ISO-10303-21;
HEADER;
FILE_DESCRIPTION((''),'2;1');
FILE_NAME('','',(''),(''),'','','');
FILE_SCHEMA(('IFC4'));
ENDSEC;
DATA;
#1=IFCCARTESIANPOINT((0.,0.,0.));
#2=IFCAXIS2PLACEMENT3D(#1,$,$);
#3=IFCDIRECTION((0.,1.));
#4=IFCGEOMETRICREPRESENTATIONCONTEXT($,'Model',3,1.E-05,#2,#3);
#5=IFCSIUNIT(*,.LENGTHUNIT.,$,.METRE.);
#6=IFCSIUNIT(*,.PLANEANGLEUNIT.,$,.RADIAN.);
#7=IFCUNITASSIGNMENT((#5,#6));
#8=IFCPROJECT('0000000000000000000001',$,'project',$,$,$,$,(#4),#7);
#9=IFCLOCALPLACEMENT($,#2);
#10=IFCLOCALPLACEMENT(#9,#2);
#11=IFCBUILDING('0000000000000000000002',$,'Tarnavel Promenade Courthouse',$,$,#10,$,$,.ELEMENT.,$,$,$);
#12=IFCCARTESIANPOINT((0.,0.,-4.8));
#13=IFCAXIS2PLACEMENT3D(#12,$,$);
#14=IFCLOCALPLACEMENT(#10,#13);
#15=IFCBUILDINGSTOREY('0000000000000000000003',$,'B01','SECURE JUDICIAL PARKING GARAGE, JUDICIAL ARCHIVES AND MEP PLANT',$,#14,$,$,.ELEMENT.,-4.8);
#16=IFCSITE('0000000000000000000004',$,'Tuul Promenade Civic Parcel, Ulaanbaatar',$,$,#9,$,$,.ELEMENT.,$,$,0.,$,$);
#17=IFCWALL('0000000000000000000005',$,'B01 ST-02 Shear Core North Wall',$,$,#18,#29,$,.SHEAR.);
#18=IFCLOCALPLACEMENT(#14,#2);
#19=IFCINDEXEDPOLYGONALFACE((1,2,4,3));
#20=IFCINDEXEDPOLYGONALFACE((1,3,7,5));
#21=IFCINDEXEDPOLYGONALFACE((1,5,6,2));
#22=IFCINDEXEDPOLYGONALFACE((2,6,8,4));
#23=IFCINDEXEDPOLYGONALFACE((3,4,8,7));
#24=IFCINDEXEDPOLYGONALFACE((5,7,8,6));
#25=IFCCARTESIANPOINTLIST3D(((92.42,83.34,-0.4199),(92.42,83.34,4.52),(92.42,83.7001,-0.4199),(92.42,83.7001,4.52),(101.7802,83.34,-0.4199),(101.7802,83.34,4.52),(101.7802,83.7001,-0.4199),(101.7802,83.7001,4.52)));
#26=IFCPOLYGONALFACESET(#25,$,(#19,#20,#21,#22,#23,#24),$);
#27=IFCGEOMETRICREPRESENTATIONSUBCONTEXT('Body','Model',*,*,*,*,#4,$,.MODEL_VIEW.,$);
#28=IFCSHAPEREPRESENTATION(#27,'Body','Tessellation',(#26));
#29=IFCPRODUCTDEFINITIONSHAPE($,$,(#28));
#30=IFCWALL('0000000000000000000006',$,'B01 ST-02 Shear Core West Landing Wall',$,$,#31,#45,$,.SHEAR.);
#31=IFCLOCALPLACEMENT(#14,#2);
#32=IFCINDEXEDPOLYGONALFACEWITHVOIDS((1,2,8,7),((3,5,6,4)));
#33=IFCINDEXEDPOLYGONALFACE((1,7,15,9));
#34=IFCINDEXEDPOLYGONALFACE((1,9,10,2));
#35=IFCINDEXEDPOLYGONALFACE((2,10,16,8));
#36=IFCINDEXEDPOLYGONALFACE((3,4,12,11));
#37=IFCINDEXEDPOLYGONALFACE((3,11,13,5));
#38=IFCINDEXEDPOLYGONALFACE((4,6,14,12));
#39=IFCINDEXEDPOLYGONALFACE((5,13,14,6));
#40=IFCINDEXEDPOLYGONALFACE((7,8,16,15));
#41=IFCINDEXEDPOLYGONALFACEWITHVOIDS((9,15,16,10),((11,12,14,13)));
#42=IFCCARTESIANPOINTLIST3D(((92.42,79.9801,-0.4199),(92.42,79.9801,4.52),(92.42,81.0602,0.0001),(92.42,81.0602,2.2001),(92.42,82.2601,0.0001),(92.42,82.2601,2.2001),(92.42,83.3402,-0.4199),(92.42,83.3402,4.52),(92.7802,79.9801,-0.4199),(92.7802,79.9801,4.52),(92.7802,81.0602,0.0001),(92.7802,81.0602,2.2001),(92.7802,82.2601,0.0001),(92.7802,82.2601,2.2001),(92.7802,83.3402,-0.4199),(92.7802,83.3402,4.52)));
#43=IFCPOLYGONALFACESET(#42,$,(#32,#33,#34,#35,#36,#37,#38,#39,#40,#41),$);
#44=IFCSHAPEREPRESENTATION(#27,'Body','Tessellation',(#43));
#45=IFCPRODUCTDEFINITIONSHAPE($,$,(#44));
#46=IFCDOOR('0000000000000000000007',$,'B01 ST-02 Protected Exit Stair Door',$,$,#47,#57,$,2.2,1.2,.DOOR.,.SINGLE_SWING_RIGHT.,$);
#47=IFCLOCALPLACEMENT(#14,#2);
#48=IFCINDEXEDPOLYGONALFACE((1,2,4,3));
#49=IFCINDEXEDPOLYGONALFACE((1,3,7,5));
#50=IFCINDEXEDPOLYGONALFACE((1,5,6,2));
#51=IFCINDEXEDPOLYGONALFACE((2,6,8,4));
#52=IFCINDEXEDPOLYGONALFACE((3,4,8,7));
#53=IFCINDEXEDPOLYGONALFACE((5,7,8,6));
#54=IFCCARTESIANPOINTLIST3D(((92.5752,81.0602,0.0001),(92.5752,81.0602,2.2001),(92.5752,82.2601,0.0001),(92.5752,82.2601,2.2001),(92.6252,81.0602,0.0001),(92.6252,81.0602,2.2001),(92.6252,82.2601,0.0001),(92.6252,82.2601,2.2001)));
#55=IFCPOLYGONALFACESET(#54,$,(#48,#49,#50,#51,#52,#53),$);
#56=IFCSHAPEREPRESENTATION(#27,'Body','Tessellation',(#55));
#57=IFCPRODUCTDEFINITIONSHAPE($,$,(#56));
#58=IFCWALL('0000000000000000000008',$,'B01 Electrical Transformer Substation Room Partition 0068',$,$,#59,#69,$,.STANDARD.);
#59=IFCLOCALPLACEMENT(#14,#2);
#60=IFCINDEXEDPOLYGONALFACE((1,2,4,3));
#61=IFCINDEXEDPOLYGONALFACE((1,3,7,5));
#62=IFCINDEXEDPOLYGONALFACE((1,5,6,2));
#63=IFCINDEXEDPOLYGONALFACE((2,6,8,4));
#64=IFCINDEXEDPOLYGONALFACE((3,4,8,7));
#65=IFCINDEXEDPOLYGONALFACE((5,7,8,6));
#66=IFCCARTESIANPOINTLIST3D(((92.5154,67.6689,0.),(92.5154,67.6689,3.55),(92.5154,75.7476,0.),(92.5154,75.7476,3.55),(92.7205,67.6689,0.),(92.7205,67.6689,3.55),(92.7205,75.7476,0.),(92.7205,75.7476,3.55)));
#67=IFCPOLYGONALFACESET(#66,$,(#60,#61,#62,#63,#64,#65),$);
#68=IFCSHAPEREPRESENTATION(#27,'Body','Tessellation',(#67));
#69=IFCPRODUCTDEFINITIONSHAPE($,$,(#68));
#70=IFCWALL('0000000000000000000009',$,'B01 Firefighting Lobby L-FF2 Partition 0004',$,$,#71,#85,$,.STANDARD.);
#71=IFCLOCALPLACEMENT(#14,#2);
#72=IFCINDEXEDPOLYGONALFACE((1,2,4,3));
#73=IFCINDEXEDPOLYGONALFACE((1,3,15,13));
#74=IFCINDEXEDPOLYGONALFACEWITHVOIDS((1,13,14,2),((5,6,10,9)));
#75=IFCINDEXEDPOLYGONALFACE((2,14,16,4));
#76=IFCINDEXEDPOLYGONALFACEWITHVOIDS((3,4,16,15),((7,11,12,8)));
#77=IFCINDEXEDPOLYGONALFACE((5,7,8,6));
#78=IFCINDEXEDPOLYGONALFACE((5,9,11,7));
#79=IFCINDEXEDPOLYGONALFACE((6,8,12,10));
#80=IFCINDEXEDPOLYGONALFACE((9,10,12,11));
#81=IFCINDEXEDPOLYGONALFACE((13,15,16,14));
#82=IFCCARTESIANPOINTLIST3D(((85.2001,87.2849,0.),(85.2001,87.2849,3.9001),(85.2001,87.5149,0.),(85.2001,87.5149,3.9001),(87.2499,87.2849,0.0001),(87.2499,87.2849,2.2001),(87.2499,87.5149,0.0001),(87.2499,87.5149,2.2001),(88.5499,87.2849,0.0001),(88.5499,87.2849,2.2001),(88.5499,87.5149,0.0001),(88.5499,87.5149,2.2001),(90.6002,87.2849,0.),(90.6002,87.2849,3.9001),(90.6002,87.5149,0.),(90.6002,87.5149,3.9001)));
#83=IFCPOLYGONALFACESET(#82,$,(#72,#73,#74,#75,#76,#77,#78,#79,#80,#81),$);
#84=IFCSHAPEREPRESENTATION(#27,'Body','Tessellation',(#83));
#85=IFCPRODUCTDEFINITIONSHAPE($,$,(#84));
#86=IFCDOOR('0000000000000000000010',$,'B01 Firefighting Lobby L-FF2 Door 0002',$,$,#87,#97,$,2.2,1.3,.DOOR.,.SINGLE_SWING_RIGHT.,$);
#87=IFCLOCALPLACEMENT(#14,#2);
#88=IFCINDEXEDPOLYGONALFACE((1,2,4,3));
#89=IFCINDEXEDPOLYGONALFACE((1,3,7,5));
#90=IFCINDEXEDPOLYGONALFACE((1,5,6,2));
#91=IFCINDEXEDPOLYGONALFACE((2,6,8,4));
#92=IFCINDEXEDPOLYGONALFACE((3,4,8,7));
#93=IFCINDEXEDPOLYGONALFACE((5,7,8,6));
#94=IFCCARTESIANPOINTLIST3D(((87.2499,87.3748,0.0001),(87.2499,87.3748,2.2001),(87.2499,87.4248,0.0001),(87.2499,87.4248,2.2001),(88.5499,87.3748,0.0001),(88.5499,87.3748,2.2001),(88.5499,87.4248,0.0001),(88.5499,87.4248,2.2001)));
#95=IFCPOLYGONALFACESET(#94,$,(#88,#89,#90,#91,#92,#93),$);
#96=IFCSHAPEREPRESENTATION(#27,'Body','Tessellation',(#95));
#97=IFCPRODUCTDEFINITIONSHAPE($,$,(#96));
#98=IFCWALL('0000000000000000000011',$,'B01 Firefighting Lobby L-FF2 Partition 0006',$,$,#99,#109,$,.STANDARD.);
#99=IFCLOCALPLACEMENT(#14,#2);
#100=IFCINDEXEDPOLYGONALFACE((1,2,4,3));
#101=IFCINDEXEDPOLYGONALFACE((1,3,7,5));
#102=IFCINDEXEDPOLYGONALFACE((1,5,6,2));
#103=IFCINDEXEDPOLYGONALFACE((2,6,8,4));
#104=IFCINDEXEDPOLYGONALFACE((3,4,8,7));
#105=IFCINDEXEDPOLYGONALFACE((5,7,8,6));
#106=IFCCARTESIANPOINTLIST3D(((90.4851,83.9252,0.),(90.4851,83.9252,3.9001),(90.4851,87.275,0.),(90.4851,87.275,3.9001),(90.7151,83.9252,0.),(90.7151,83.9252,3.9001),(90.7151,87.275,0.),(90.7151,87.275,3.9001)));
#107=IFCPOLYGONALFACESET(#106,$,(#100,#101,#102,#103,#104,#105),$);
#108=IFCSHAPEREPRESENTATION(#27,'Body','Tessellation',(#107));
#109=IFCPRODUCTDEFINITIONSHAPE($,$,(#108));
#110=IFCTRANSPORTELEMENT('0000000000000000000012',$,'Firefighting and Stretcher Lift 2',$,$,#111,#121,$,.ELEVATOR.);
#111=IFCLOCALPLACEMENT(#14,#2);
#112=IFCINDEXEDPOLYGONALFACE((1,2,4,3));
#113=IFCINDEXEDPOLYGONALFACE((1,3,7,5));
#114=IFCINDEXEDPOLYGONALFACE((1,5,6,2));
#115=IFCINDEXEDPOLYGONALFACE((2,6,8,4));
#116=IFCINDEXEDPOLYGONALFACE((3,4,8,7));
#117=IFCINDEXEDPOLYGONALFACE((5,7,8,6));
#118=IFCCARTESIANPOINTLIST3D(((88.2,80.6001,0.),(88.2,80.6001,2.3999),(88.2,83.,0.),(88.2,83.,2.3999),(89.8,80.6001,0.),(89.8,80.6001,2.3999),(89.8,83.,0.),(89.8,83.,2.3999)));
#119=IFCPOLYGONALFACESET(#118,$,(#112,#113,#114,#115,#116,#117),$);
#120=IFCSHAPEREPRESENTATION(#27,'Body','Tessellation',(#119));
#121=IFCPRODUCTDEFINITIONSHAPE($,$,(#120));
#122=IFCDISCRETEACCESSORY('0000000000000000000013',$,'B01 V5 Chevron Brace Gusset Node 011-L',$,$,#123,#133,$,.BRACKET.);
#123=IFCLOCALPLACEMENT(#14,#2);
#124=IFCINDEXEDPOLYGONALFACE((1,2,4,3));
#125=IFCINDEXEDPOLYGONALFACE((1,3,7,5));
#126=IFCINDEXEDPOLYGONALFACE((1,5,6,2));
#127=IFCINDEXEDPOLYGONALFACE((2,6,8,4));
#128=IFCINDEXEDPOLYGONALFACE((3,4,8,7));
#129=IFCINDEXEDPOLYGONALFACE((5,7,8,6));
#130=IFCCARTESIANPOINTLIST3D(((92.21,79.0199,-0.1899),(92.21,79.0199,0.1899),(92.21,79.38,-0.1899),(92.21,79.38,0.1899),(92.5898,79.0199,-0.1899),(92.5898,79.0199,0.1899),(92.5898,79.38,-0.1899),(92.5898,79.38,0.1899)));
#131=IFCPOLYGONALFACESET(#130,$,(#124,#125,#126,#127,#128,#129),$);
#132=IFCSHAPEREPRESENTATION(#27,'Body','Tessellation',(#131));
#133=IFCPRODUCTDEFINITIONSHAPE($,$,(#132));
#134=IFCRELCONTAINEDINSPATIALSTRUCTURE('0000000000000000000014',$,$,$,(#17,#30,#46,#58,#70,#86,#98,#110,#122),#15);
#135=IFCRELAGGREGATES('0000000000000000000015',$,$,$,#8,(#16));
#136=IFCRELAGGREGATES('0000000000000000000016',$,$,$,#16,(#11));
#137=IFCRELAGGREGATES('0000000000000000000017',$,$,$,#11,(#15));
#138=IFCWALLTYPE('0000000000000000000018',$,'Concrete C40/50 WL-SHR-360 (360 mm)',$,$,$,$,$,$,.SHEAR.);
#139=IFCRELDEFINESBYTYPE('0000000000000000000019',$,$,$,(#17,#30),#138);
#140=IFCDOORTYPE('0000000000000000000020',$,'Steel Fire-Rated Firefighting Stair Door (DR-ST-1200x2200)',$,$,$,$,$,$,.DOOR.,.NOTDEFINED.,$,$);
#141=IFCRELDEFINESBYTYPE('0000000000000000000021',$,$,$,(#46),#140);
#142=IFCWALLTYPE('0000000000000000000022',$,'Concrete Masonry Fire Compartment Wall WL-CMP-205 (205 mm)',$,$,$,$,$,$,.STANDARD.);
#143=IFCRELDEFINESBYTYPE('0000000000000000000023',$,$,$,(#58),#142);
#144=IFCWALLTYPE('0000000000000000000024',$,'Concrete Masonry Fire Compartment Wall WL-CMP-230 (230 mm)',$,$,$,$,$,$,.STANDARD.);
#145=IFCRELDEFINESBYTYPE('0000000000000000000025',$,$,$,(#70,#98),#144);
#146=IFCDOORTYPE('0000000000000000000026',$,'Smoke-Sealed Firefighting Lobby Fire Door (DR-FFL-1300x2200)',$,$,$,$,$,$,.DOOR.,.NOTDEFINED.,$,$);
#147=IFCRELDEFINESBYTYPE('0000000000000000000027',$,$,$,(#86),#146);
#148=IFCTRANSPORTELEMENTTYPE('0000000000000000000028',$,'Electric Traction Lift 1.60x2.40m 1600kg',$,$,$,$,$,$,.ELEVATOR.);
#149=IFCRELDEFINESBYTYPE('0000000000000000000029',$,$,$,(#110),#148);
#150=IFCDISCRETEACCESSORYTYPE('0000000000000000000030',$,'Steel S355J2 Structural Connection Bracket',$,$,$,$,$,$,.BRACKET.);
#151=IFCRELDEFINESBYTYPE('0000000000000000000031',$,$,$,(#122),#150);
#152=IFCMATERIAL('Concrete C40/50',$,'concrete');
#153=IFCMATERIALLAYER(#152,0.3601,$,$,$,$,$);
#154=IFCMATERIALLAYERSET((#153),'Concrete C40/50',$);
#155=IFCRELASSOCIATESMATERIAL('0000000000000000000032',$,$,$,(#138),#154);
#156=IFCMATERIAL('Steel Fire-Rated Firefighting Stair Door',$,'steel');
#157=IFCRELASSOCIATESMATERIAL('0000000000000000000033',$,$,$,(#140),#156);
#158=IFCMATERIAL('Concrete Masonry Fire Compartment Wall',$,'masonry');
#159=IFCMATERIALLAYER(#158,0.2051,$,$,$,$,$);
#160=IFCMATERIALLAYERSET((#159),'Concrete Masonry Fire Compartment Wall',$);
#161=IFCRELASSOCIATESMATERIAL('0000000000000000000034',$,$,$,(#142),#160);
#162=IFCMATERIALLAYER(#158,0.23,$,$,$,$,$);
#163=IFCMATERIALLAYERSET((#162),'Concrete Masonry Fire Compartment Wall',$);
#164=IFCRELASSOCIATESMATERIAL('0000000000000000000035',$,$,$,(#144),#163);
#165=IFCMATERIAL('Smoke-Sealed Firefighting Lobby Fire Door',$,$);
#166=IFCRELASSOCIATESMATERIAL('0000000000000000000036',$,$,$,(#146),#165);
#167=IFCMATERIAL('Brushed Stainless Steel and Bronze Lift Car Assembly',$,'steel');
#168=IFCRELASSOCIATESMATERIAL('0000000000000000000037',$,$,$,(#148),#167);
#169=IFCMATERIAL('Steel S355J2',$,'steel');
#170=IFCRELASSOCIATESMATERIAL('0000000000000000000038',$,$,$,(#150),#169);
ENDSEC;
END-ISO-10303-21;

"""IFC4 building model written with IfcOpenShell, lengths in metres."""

from ifc_helpers import new_model, si_unit, direction, frame, frame_2d, origin, origin_2d, place, context, subcontext, project, spatial, rectangle, extrude, material, layer, layer_set, type_object, element, fill, save


model = new_model("IFC4")

# Units and contexts
model_context = context("Model", 3, precision=1e-05, world=origin(), true_north=direction((0.0, 1.0)))
body_context = subcontext(model_context, "Body", "Model", "MODEL_VIEW")
ifc_project = project(units=[si_unit("LENGTHUNIT", "METRE"), si_unit("PLANEANGLEUNIT", "RADIAN")], contexts=[model_context])

# Site, building, storey
site_placement = place(None, origin())
site = spatial("IfcSite", under=ifc_project, at=site_placement, Name="Tuul Promenade Civic Parcel, Ulaanbaatar", CompositionType="ELEMENT", RefElevation=0.0)
building_placement = place(site_placement, origin())
building = spatial("IfcBuilding", under=site, at=building_placement, Name="Tarnavel Promenade Courthouse", CompositionType="ELEMENT")
storey_placement = place(building_placement, frame((0.0, 0.0, -4.8)))
storey = spatial("IfcBuildingStorey", under=building, at=storey_placement, Name="B01", Description="SECURE JUDICIAL PARKING GARAGE, JUDICIAL ARCHIVES AND MEP PLANT", CompositionType="ELEMENT", Elevation=-4.8)

# Shared definitions
ifc_material_1 = material(Name="Concrete C40/50", Category="concrete")

# Shared definitions
ifc_material_2 = material(Name="Steel S355J2", Category="steel")

# Wall
ifc_layer_1 = layer(ifc_material_1, 0.3601)
ifc_layer_set_1 = layer_set([ifc_layer_1], Name="Concrete C40/50")
wall_type_1 = type_object("IfcWallType", Name="Concrete C40/50 WL-SHR-360 (360 mm)", PredefinedType="SHEAR", material=ifc_layer_set_1)
wall_1_placement = place(storey_placement, frame((92.4199, 83.52, -0.4199), z_axis=(0.0, 0.0, 1.0), x_axis=(1.0, 0.0, 0.0)))
element("IfcWall", 1, at=wall_1_placement, inside=storey, type_object=wall_type_1, Name="B01 ST-02 Shear Core North Wall", PredefinedType="SHEAR", context=body_context, shape_type="SweptSolid", body=[
    extrude(rectangle(XDim=9.3601, YDim=0.3601, at=frame_2d((4.6802, 0.0))), origin(), (0.0, 0.0, 1.0), 4.9399),
])

# Wall, opening, door
wall_2_placement = place(storey_placement, frame((92.6001, 79.98, -0.4199), z_axis=(0.0, 0.0, 1.0), x_axis=(0.0, 1.0, 0.0)))
wall_2 = element("IfcWall", 2, at=wall_2_placement, inside=storey, type_object=wall_type_1, Name="B01 ST-02 Shear Core West Landing Wall", PredefinedType="SHEAR", context=body_context, shape_type="SweptSolid", body=[
    extrude(rectangle(XDim=3.3601, YDim=0.3601, at=frame_2d((1.6802, 0.0))), origin(), (0.0, 0.0, 1.0), 4.9399),
])
opening_1_placement = place(wall_2_placement, frame((1.0801, 0.0, 0.4199)))
opening_1 = element("IfcOpeningElement", 3, at=opening_1_placement, cuts=wall_2, PredefinedType="OPENING", context=body_context, shape_type="SweptSolid", body=[
    extrude(rectangle(XDim=1.2, YDim=2.2, at=frame_2d((0.6001, 1.1001))), frame((0.0, 0.1899, 0.0), z_axis=(0.0, -1.0, 0.0), x_axis=(1.0, 0.0, 0.0)), (0.0, 0.0, 1.0), 0.3801),
])
ifc_material_3 = material(Name="Steel Fire-Rated Firefighting Stair Door", Category="steel")
door_type_1 = type_object("IfcDoorType", Name="Steel Fire-Rated Firefighting Stair Door (DR-ST-1200x2200)", OperationType="NOTDEFINED", PredefinedType="DOOR", material=ifc_material_3)
door_1_placement = place(opening_1_placement, origin())
door_1 = element("IfcDoor", 4, at=door_1_placement, inside=storey, type_object=door_type_1, Name="B01 ST-02 Protected Exit Stair Door", OperationType="SINGLE_SWING_RIGHT", OverallHeight=2.2, OverallWidth=1.2, PredefinedType="DOOR", context=body_context, shape_type="SweptSolid", body=[
    extrude(rectangle(XDim=1.2, YDim=2.2, at=frame_2d((0.6001, 1.1001))), frame((0.0, 0.0249, 0.0), z_axis=(0.0, -1.0, 0.0), x_axis=(1.0, 0.0, 0.0)), (0.0, 0.0, 1.0), 0.05),
])
fill(opening_1, door_1)

# Wall
ifc_material_4 = material(Name="Concrete Masonry Fire Compartment Wall", Category="masonry")
ifc_layer_2 = layer(ifc_material_4, 0.2051)
ifc_layer_set_2 = layer_set([ifc_layer_2], Name="Concrete Masonry Fire Compartment Wall")
wall_type_2 = type_object("IfcWallType", Name="Concrete Masonry Fire Compartment Wall WL-CMP-205 (205 mm)", PredefinedType="STANDARD", material=ifc_layer_set_2)
wall_3_placement = place(storey_placement, frame((92.6179, 75.7476, 0.0), z_axis=(0.0, 0.0, 1.0), x_axis=(0.0, -1.0, 0.0)))
element("IfcWall", 5, at=wall_3_placement, inside=storey, type_object=wall_type_2, Name="B01 Electrical Transformer Substation Room Partition 0068", PredefinedType="STANDARD", context=body_context, shape_type="SweptSolid", body=[
    extrude(rectangle(XDim=8.0786, YDim=0.2051, at=frame_2d((4.0393, 0.0))), origin(), (0.0, 0.0, 1.0), 3.55),
])

# Wall, opening, door
ifc_layer_3 = layer(ifc_material_4, 0.23)
ifc_layer_set_3 = layer_set([ifc_layer_3], Name="Concrete Masonry Fire Compartment Wall")
wall_type_3 = type_object("IfcWallType", Name="Concrete Masonry Fire Compartment Wall WL-CMP-230 (230 mm)", PredefinedType="STANDARD", material=ifc_layer_set_3)
wall_4_placement = place(storey_placement, frame((85.2, 87.3999, 0.0), z_axis=(0.0, 0.0, 1.0), x_axis=(1.0, 0.0, 0.0)))
wall_4 = element("IfcWall", 6, at=wall_4_placement, inside=storey, type_object=wall_type_3, Name="B01 Firefighting Lobby L-FF2 Partition 0004", PredefinedType="STANDARD", context=body_context, shape_type="SweptSolid", body=[
    extrude(rectangle(XDim=5.4001, YDim=0.23, at=frame_2d((2.7002, 0.0))), origin(), (0.0, 0.0, 1.0), 3.9001),
])
opening_2_placement = place(wall_4_placement, frame((2.05, 0.0, 0.0)))
opening_2 = element("IfcOpeningElement", 7, at=opening_2_placement, cuts=wall_4, PredefinedType="OPENING", context=body_context, shape_type="SweptSolid", body=[
    extrude(rectangle(XDim=1.3, YDim=2.2, at=frame_2d((0.6499, 1.1001))), frame((0.0, 0.125, 0.0), z_axis=(0.0, -1.0, 0.0), x_axis=(1.0, 0.0, 0.0)), (0.0, 0.0, 1.0), 0.25),
])
ifc_material_5 = material(Name="Smoke-Sealed Firefighting Lobby Fire Door")
door_type_2 = type_object("IfcDoorType", Name="Smoke-Sealed Firefighting Lobby Fire Door (DR-FFL-1300x2200)", OperationType="NOTDEFINED", PredefinedType="DOOR", material=ifc_material_5)
door_2_placement = place(opening_2_placement, origin())
door_2 = element("IfcDoor", 8, at=door_2_placement, inside=storey, type_object=door_type_2, Name="B01 Firefighting Lobby L-FF2 Door 0002", OperationType="SINGLE_SWING_RIGHT", OverallHeight=2.2, OverallWidth=1.3, PredefinedType="DOOR", context=body_context, shape_type="SweptSolid", body=[
    extrude(rectangle(XDim=1.3, YDim=2.2, at=frame_2d((0.6499, 1.1001))), frame((0.0, 0.0249, 0.0), z_axis=(0.0, -1.0, 0.0), x_axis=(1.0, 0.0, 0.0)), (0.0, 0.0, 1.0), 0.05),
])
fill(opening_2, door_2)

# Wall
wall_5_placement = place(storey_placement, frame((90.6001, 87.2749, 0.0), z_axis=(0.0, 0.0, 1.0), x_axis=(0.0, -1.0, 0.0)))
element("IfcWall", 9, at=wall_5_placement, inside=storey, type_object=wall_type_3, Name="B01 Firefighting Lobby L-FF2 Partition 0006", PredefinedType="STANDARD", context=body_context, shape_type="SweptSolid", body=[
    extrude(rectangle(XDim=3.3499, YDim=0.23, at=frame_2d((1.6748, 0.0))), origin(), (0.0, 0.0, 1.0), 3.9001),
])

# Transport element
ifc_material_6 = material(Name="Brushed Stainless Steel and Bronze Lift Car Assembly", Category="steel")
transport_element_type = type_object("IfcTransportElementType", Name="Electric Traction Lift 1.60x2.40m 1600kg", PredefinedType="ELEVATOR", material=ifc_material_6)
transport_element_placement = place(storey_placement, frame((89.0, 81.8, 0.0), z_axis=(0.0, 0.0, 1.0), x_axis=(1.0, 0.0, 0.0)))
element("IfcTransportElement", 10, at=transport_element_placement, inside=storey, type_object=transport_element_type, Name="Firefighting and Stretcher Lift 2", PredefinedType="ELEVATOR", context=body_context, shape_type="SweptSolid", body=[
    extrude(rectangle(XDim=1.6001, YDim=2.3999, at=origin_2d()), origin(), (0.0, 0.0, 1.0), 2.3999),
])

# Discrete accessory
discrete_accessory_type = type_object("IfcDiscreteAccessoryType", Name="Steel S355J2 Structural Connection Bracket", PredefinedType="BRACKET", material=ifc_material_2)
discrete_accessory_placement = place(storey_placement, frame((92.3999, 79.2, -0.1899), z_axis=(0.0, 0.0, 1.0), x_axis=(1.0, 0.0, 0.0)))
element("IfcDiscreteAccessory", 11, at=discrete_accessory_placement, inside=storey, type_object=discrete_accessory_type, Name="B01 V5 Chevron Brace Gusset Node 011-L", PredefinedType="BRACKET", context=body_context, shape_type="SweptSolid", body=[
    extrude(rectangle(XDim=0.3799, YDim=0.3601, at=origin_2d()), origin(), (0.0, 0.0, 1.0), 0.3799),
])

save(model, "model.ifc")
